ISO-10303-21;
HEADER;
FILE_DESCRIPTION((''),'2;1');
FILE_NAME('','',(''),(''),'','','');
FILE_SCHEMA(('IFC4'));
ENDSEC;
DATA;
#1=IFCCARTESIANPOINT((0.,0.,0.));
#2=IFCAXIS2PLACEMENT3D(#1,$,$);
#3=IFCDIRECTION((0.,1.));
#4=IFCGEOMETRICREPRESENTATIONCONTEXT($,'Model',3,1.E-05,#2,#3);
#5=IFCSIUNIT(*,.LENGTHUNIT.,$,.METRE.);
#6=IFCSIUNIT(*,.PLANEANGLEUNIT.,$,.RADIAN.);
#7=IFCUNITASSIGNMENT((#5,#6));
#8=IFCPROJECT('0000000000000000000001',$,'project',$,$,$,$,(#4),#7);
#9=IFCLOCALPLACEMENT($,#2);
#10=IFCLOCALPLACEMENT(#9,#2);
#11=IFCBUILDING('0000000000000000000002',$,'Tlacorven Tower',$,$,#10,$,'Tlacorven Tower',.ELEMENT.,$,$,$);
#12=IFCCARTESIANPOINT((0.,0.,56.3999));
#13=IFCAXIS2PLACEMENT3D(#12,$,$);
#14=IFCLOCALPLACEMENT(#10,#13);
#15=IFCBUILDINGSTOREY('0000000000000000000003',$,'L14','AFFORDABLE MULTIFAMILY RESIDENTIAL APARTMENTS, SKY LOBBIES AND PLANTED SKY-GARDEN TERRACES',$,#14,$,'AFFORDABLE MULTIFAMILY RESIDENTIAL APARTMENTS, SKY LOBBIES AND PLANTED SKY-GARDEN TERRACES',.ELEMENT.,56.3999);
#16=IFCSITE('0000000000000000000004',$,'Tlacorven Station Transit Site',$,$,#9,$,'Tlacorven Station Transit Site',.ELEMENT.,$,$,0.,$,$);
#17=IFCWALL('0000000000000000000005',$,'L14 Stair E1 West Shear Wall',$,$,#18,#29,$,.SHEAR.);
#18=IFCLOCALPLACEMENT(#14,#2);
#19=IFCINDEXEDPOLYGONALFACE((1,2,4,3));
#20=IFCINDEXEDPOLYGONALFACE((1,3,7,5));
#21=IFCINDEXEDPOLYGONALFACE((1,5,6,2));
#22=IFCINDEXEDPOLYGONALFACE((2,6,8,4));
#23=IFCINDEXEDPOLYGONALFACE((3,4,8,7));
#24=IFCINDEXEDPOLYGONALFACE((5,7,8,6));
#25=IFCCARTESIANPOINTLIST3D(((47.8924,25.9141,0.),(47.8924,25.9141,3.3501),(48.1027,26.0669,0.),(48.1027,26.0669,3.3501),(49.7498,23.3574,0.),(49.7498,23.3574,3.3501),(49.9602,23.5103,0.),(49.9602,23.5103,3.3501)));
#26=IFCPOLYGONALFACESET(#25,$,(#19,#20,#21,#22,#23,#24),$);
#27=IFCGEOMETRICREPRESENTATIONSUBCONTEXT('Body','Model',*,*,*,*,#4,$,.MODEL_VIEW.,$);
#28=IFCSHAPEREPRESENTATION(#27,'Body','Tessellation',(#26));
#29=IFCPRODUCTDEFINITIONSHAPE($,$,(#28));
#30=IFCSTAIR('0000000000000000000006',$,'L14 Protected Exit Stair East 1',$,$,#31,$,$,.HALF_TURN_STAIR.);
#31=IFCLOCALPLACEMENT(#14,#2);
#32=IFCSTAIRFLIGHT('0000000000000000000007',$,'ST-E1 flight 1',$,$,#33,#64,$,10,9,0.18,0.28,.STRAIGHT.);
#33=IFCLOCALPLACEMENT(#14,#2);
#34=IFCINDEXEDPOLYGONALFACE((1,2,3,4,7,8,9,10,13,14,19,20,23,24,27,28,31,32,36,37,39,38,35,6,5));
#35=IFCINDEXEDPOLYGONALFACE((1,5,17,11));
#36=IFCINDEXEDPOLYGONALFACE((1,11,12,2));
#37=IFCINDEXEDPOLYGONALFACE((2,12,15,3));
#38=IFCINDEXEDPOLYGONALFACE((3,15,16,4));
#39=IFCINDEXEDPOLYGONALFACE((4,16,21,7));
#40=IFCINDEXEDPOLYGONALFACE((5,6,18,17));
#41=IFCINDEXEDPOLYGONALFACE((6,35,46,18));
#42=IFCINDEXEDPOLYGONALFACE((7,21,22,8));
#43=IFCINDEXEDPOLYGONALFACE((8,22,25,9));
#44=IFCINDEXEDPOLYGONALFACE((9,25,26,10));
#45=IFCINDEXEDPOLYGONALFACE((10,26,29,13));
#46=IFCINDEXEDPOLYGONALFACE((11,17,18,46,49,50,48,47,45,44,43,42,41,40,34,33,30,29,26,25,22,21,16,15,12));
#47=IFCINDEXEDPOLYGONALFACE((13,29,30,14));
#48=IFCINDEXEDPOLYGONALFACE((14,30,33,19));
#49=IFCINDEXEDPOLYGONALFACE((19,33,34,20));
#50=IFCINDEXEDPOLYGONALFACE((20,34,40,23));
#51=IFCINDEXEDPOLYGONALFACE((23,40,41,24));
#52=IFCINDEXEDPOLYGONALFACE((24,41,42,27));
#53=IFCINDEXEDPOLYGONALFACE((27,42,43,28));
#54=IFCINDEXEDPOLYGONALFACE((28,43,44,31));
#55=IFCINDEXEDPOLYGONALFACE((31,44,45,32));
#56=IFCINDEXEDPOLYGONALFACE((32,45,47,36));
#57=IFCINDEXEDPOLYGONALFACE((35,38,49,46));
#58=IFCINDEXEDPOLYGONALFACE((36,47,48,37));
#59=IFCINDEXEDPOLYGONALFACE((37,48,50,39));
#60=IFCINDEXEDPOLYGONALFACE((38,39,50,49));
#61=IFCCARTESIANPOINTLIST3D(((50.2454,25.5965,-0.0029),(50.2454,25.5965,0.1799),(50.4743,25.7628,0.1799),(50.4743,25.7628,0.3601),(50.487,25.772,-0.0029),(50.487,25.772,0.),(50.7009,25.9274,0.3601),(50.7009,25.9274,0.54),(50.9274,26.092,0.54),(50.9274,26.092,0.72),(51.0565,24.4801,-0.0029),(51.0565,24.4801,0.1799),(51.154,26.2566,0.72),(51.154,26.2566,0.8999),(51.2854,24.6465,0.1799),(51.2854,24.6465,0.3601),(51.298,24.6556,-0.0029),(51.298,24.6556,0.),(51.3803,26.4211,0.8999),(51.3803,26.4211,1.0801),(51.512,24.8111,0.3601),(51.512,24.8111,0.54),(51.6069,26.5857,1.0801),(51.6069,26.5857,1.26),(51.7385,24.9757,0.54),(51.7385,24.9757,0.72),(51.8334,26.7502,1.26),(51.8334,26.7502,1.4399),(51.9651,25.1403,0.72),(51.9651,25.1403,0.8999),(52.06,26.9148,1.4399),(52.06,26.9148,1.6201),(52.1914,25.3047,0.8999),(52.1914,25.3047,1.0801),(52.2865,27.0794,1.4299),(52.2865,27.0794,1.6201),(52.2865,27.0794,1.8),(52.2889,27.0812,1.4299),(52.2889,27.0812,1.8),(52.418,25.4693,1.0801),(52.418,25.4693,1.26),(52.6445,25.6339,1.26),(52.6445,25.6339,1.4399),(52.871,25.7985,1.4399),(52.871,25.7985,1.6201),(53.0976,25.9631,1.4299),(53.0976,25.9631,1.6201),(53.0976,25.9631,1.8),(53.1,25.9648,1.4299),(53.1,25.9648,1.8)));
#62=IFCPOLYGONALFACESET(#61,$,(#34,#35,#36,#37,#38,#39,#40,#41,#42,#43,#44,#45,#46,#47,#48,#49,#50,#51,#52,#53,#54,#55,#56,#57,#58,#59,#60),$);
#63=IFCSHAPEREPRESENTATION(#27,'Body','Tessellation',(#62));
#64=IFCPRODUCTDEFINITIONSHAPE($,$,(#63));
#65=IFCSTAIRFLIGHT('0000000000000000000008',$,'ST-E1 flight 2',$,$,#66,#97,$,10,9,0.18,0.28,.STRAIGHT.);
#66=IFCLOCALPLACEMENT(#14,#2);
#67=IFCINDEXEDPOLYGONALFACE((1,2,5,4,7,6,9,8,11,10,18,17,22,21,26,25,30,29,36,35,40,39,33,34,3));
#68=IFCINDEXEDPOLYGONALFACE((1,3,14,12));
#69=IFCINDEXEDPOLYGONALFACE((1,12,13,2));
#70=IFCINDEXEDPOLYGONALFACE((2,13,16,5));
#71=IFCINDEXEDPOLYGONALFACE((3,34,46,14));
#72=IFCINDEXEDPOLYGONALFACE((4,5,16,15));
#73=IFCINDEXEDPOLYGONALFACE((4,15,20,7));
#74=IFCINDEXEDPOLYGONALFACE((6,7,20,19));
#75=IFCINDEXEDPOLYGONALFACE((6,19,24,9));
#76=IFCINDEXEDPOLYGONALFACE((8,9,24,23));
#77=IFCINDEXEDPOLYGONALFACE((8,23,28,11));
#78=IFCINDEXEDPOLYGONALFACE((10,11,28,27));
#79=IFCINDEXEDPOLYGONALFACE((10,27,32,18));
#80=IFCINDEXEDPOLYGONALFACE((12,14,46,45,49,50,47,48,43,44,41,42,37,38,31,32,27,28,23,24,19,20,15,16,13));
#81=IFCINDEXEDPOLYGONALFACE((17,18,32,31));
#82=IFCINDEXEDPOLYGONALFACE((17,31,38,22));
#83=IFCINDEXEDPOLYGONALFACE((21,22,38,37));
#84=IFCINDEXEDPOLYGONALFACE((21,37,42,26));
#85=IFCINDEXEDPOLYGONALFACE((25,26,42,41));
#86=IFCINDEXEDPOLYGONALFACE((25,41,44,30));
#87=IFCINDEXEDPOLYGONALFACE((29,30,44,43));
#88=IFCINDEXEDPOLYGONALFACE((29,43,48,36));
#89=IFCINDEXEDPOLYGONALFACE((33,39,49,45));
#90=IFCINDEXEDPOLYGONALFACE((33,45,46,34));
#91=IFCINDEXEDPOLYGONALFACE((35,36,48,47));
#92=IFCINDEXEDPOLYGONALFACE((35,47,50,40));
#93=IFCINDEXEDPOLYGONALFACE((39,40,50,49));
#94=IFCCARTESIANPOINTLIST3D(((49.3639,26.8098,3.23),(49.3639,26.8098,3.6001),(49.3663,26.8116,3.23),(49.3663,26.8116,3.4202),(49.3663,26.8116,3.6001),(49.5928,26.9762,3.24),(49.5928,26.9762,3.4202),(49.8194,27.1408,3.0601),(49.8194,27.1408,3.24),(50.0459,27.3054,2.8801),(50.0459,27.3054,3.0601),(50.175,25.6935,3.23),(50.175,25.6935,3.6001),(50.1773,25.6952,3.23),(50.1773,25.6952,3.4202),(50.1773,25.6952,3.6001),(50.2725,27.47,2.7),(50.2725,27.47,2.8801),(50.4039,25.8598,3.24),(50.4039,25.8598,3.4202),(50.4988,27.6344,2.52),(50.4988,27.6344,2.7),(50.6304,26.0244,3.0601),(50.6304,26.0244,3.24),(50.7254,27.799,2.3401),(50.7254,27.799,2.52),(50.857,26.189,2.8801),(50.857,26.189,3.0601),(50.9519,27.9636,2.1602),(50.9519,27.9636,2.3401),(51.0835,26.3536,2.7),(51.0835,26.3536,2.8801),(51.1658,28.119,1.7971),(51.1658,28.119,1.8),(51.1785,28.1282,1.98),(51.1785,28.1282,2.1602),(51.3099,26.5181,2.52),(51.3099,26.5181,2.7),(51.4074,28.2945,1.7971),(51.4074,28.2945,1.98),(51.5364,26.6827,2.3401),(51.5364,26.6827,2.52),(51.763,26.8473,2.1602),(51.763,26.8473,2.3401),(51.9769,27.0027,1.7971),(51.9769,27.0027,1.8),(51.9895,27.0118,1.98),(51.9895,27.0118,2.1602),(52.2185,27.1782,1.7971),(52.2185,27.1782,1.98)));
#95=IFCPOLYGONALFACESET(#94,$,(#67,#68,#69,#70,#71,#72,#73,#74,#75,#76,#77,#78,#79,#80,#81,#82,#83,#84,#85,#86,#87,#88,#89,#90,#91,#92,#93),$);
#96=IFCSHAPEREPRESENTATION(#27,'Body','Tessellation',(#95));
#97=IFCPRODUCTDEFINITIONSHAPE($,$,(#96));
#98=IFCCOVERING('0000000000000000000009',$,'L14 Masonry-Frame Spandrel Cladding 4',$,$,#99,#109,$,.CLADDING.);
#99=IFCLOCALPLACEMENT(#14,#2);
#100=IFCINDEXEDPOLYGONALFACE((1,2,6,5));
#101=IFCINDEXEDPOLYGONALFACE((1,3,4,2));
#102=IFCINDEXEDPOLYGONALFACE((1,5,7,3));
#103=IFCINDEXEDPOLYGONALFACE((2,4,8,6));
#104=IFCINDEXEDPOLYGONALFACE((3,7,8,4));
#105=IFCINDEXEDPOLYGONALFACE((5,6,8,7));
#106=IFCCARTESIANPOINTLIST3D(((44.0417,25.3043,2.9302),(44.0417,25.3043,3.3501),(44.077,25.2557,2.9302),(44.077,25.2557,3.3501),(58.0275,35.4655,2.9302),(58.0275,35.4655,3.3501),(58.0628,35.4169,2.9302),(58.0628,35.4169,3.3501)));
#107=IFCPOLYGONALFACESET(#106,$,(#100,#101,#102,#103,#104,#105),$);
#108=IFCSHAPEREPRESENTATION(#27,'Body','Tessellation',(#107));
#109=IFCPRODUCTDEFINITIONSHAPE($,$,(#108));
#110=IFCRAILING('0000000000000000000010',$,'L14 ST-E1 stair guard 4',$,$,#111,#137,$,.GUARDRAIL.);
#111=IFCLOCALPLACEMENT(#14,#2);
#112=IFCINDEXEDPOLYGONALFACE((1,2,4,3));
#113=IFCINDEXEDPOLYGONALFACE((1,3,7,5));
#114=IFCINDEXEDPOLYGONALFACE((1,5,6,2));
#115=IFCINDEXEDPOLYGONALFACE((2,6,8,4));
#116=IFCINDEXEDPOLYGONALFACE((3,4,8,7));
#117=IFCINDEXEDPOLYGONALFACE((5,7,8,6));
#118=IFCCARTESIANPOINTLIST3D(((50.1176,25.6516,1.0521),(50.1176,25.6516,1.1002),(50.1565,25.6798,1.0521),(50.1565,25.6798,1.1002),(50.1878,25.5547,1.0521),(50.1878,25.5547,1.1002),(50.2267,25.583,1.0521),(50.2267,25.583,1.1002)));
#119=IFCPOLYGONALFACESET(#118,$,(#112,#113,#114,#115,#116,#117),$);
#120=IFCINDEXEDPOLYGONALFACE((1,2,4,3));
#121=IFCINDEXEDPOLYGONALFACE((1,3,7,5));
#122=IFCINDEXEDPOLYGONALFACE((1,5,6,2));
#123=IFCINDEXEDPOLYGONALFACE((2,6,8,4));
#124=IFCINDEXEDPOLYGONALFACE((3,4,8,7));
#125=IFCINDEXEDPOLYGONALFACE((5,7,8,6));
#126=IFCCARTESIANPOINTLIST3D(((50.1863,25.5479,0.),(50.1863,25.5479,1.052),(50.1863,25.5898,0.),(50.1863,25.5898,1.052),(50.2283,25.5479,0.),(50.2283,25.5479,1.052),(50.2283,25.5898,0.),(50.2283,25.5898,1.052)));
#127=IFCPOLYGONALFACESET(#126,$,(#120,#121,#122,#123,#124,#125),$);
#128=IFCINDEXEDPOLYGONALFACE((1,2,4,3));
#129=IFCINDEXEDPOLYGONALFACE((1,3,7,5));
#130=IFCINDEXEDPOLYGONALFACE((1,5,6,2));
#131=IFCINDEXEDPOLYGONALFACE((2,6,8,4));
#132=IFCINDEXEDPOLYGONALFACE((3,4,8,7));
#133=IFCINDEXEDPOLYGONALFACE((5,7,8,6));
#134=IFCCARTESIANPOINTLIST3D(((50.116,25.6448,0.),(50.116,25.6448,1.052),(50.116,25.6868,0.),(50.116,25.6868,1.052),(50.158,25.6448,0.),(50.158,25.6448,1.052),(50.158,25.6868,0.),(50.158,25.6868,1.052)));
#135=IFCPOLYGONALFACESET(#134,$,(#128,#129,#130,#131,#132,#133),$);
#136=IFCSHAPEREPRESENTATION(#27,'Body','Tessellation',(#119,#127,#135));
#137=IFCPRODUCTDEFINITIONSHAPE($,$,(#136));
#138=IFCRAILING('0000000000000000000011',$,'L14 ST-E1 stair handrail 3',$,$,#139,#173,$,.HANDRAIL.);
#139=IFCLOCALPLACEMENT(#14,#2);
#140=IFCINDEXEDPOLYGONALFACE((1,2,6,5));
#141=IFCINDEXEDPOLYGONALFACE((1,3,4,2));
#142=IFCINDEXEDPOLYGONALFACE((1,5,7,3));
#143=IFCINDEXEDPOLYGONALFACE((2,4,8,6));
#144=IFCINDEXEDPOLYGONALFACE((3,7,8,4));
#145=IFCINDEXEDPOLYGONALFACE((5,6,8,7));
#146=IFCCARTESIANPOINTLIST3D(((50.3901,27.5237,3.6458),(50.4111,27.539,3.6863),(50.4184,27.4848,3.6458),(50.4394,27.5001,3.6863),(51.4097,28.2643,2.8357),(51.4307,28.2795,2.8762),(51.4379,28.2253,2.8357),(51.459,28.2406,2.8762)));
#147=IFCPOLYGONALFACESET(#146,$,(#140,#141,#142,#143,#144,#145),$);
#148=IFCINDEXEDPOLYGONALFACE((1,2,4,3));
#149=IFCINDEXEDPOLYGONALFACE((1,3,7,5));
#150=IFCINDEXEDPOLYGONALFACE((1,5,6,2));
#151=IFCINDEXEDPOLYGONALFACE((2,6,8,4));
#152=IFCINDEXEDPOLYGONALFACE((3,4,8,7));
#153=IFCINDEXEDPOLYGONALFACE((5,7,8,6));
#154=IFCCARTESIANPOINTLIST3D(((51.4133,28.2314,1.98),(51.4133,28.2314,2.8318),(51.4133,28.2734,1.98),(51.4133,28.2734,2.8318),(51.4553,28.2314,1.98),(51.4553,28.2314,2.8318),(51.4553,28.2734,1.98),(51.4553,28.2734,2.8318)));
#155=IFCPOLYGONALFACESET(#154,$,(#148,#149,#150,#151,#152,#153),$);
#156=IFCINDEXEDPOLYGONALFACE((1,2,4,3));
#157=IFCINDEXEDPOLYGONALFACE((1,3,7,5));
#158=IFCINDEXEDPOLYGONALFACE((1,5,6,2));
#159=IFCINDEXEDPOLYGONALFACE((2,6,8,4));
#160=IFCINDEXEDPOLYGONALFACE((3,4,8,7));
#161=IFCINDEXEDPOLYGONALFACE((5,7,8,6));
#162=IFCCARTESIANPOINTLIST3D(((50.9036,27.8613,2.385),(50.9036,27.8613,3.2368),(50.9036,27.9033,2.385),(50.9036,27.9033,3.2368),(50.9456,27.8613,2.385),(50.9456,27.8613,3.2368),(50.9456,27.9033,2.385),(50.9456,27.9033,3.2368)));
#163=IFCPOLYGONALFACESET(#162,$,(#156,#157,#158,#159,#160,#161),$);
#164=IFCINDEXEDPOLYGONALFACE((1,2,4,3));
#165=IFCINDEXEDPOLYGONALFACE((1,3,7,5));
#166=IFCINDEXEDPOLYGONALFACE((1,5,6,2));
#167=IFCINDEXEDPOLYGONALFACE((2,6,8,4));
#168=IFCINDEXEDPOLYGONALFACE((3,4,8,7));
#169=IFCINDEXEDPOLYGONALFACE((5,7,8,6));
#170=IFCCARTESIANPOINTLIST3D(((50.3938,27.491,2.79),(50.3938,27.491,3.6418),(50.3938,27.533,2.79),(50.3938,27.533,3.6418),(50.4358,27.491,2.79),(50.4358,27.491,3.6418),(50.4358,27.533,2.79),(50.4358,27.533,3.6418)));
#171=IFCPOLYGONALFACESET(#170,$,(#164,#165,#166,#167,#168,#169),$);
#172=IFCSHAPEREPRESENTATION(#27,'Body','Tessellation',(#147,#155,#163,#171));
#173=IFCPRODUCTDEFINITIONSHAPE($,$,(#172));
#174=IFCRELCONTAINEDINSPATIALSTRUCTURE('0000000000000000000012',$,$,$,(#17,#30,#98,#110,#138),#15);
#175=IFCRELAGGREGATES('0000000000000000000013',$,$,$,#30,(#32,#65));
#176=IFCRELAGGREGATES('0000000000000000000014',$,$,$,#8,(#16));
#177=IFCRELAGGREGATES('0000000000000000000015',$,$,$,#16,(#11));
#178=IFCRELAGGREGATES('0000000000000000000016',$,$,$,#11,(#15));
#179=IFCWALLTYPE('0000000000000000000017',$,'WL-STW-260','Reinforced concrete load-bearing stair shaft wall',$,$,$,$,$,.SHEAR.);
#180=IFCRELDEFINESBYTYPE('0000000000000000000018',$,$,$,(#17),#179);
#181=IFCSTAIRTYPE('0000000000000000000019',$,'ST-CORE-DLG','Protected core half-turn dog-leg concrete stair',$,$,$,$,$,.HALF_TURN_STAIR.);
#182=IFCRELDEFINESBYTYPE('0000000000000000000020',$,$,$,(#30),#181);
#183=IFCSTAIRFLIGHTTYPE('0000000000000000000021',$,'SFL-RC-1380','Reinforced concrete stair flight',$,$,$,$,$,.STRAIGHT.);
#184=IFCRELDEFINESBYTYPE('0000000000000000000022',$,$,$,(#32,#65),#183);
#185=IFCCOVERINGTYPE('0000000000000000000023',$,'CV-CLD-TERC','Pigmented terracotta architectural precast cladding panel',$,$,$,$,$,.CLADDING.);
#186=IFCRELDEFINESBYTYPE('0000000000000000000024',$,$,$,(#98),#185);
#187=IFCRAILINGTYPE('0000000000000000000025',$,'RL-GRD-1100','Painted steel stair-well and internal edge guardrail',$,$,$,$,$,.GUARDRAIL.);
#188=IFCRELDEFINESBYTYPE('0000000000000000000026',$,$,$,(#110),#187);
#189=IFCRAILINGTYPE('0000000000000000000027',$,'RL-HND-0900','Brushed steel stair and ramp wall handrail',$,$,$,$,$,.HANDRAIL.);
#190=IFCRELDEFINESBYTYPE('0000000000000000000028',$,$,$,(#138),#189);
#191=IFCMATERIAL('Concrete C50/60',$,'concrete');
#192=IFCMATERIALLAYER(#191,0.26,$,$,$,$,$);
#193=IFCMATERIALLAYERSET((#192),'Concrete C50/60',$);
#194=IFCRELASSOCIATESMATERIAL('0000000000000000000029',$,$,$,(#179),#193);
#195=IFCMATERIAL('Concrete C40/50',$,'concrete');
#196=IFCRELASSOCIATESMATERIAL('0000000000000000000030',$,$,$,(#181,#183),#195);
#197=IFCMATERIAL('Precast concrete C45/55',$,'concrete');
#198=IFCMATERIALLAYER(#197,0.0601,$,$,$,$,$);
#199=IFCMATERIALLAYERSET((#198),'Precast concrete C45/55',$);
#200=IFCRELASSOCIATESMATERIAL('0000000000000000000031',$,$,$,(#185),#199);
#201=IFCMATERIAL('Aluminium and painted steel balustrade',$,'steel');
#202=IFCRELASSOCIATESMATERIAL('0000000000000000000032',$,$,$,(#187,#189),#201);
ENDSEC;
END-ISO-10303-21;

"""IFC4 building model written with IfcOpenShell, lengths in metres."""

from ifc_helpers import new_model, si_unit, direction, frame, frame_2d, origin, origin_2d, place, context, subcontext, project, spatial, polyline, rectangle, outline, extrude, source, transform, mapped, material, layer, layer_set, type_object, element, aggregate, save


model = new_model("IFC4")

# Units and contexts
model_context = context("Model", 3, precision=1e-05, world=origin(), true_north=direction((0.0, 1.0)))
body_context = subcontext(model_context, "Body", "Model", "MODEL_VIEW")
ifc_project = project(units=[si_unit("LENGTHUNIT", "METRE"), si_unit("PLANEANGLEUNIT", "RADIAN")], contexts=[model_context])

# Site, building, storey
site_placement = place(None, origin())
site = spatial("IfcSite", under=ifc_project, at=site_placement, Name="Tlacorven Station Transit Site", LongName="Tlacorven Station Transit Site", CompositionType="ELEMENT", RefElevation=0.0)
building_placement = place(site_placement, origin())
building = spatial("IfcBuilding", under=site, at=building_placement, Name="Tlacorven Tower", LongName="Tlacorven Tower", CompositionType="ELEMENT")
storey_placement = place(building_placement, frame((0.0, 0.0, 56.3999)))
storey = spatial("IfcBuildingStorey", under=building, at=storey_placement, Name="L14", Description="AFFORDABLE MULTIFAMILY RESIDENTIAL APARTMENTS, SKY LOBBIES AND PLANTED SKY-GARDEN TERRACES", LongName="AFFORDABLE MULTIFAMILY RESIDENTIAL APARTMENTS, SKY LOBBIES AND PLANTED SKY-GARDEN TERRACES", CompositionType="ELEMENT", Elevation=56.3999)

# Shared definitions
ifc_material_1 = material(Name="Precast concrete C45/55", Category="concrete")

# Shared definitions
ifc_material_2 = material(Name="Concrete C40/50", Category="concrete")

# Shared definitions
ifc_material_3 = material(Name="Concrete C50/60", Category="concrete")
ifc_layer_1 = layer(ifc_material_3, 0.26)
ifc_layer_set_1 = layer_set([ifc_layer_1], Name="Concrete C50/60")
wall_type_1 = type_object("IfcWallType", Name="WL-STW-260", Description="Reinforced concrete load-bearing stair shaft wall", PredefinedType="SHEAR", material=ifc_layer_set_1)

# Wall
wall_1_placement = place(storey_placement, frame((49.855, 23.4338, 0.0), z_axis=(0.0, 0.0, 1.0), x_axis=(-0.587767, 0.80903, 0.0)))
element("IfcWall", 1, at=wall_1_placement, inside=storey, type_object=wall_type_1, Name="L14 Stair E1 West Shear Wall", PredefinedType="SHEAR", context=body_context, shape_type="SweptSolid", body=[
    extrude(rectangle(XDim=3.1602, YDim=0.26, at=frame_2d((1.5801, 0.0))), origin(), (0.0, 0.0, 1.0), 3.3501),
])

# Stair, stair flights
stair_type = type_object("IfcStairType", Name="ST-CORE-DLG", Description="Protected core half-turn dog-leg concrete stair", PredefinedType="HALF_TURN_STAIR", material=ifc_material_2)
stair_placement = place(storey_placement, origin())
stair = element("IfcStair", 2, at=stair_placement, inside=storey, type_object=stair_type, Name="L14 Protected Exit Stair East 1", PredefinedType="HALF_TURN_STAIR")
stair_flight_type = type_object("IfcStairFlightType", Name="SFL-RC-1380", Description="Reinforced concrete stair flight", PredefinedType="STRAIGHT", material=ifc_material_2)
shared_shape_1 = source(origin(), body_context, "Body", "SweptSolid", [
    extrude(outline(polyline([(-0.0029, -0.0029), (-0.0029, 0.1799), (0.28, 0.1799), (0.28, 0.3601), (0.5601, 0.3601), (0.5601, 0.54), (0.8401, 0.54), (0.8401, 0.72), (1.1201, 0.72), (1.1201, 0.8999), (1.3999, 0.8999), (1.3999, 1.0801), (1.6799, 1.0801), (1.6799, 1.26), (1.96, 1.26), (1.96, 1.4399), (2.24, 1.4399), (2.24, 1.6201), (2.52, 1.6201), (2.52, 1.8), (2.5229, 1.8), (2.5229, 1.4299), (2.52, 1.4299), (0.2957, 0.0), (0.2957, -0.0029), (-0.0029, -0.0029)])), frame((0.0, 0.6899, 0.0), z_axis=(0.0, -1.0, 0.0), x_axis=(1.0, 0.0, 0.0)), (0.0, 0.0, 1.0), 1.3799),
])
stair_flight_1_placement = place(storey_placement, frame((50.6533, 25.04, 0.0), z_axis=(0.0, 0.0, 1.0), x_axis=(0.809017, 0.587785, 0.0)))
stair_flight_1 = element("IfcStairFlight", 3, at=stair_flight_1_placement, type_object=stair_flight_type, Name="ST-E1 flight 1", NumberOfRisers=10, NumberOfTreads=9, PredefinedType="STRAIGHT", RiserHeight=0.18, TreadLength=0.28, context=body_context, shape_type="MappedRepresentation", body=[
    mapped(shared_shape_1, transform((0.0, 0.0, 0.0), scale=1.0)),
])
stair_flight_2_placement = place(storey_placement, frame((51.8105, 27.7346, 1.8), z_axis=(0.0, 0.0, 1.0), x_axis=(-0.809017, -0.587785, 0.0)))
stair_flight_2 = element("IfcStairFlight", 4, at=stair_flight_2_placement, type_object=stair_flight_type, Name="ST-E1 flight 2", NumberOfRisers=10, NumberOfTreads=9, PredefinedType="STRAIGHT", RiserHeight=0.18, TreadLength=0.28, context=body_context, shape_type="MappedRepresentation", body=[
    mapped(shared_shape_1, transform((0.0, 0.0, 0.0), scale=1.0)),
])
aggregate(stair, [stair_flight_1, stair_flight_2])

# Covering
ifc_layer_2 = layer(ifc_material_1, 0.0601)
ifc_layer_set_2 = layer_set([ifc_layer_2], Name="Precast concrete C45/55")
covering_type = type_object("IfcCoveringType", Name="CV-CLD-TERC", Description="Pigmented terracotta architectural precast cladding panel", PredefinedType="CLADDING", material=ifc_layer_set_2)
shared_shape_2 = source(origin(), body_context, "Body", "SweptSolid", [
    extrude(rectangle(XDim=17.2874, YDim=0.0601, at=origin_2d()), origin(), (0.0, 0.0, 1.0), 0.4199),
])
covering_placement = place(storey_placement, frame((51.0522, 30.3606, 2.9302), z_axis=(0.0, 0.0, 1.0), x_axis=(0.809017, 0.587785, 0.0)))
element("IfcCovering", 5, at=covering_placement, inside=storey, type_object=covering_type, Name="L14 Masonry-Frame Spandrel Cladding 4", PredefinedType="CLADDING", context=body_context, shape_type="MappedRepresentation", body=[
    mapped(shared_shape_2, transform((0.0, 0.0, 0.0), scale=1.0)),
])

# Railings
ifc_material_4 = material(Name="Aluminium and painted steel balustrade", Category="steel")
railing_type_1 = type_object("IfcRailingType", Name="RL-GRD-1100", Description="Painted steel stair-well and internal edge guardrail", PredefinedType="GUARDRAIL", material=ifc_material_4)
shared_shape_3 = source(origin(), body_context, "Body", "SweptSolid", [
    extrude(rectangle(XDim=0.0481, YDim=0.0481, at=origin_2d()), frame((0.0, 0.0, 1.0762), z_axis=(-0.587201, 0.809441, 0.0), x_axis=(-0.809441, -0.587201, 0.0)), (0.0, 0.0, 1.0), 0.1196),
    extrude(rectangle(XDim=0.042, YDim=0.042, at=origin_2d()), origin(), (0.0, 0.0, 1.0), 1.052),
    extrude(rectangle(XDim=0.042, YDim=0.042, at=origin_2d()), frame((-0.0703, 0.0969, 0.0)), (0.0, 0.0, 1.0), 1.052),
])
railing_1_placement = place(storey_placement, frame((50.2073, 25.5688, 0.0)))
element("IfcRailing", 6, at=railing_1_placement, inside=storey, type_object=railing_type_1, Name="L14 ST-E1 stair guard 4", PredefinedType="GUARDRAIL", context=body_context, shape_type="MappedRepresentation", body=[
    mapped(shared_shape_3, transform((0.0, 0.0, 0.0), scale=1.0)),
])
railing_type_2 = type_object("IfcRailingType", Name="RL-HND-0900", Description="Brushed steel stair and ramp wall handrail", PredefinedType="HANDRAIL", material=ifc_material_4)
shared_shape_4 = source(origin(), body_context, "Body", "SweptSolid", [
    extrude(rectangle(XDim=0.0481, YDim=0.0481, at=origin_2d()), frame((0.0, 0.0, 0.876), z_axis=(-0.680604, -0.494318, 0.540767), x_axis=(0.587653, -0.809113, 0.0)), (0.0, 0.0, 1.0), 1.498),
    extrude(rectangle(XDim=0.042, YDim=0.042, at=origin_2d()), origin(), (0.0, 0.0, 1.0), 0.8518),
    extrude(rectangle(XDim=0.042, YDim=0.042, at=origin_2d()), frame((-0.5098, -0.3701, 0.405)), (0.0, 0.0, 1.0), 0.8518),
    extrude(rectangle(XDim=0.042, YDim=0.042, at=origin_2d()), frame((-1.0195, -0.7405, 0.8101)), (0.0, 0.0, 1.0), 0.8518),
])
railing_2_placement = place(storey_placement, frame((51.4343, 28.2524, 1.98)))
element("IfcRailing", 7, at=railing_2_placement, inside=storey, type_object=railing_type_2, Name="L14 ST-E1 stair handrail 3", PredefinedType="HANDRAIL", context=body_context, shape_type="MappedRepresentation", body=[
    mapped(shared_shape_4, transform((0.0, 0.0, 0.0), scale=1.0)),
])

save(model, "model.ifc")
